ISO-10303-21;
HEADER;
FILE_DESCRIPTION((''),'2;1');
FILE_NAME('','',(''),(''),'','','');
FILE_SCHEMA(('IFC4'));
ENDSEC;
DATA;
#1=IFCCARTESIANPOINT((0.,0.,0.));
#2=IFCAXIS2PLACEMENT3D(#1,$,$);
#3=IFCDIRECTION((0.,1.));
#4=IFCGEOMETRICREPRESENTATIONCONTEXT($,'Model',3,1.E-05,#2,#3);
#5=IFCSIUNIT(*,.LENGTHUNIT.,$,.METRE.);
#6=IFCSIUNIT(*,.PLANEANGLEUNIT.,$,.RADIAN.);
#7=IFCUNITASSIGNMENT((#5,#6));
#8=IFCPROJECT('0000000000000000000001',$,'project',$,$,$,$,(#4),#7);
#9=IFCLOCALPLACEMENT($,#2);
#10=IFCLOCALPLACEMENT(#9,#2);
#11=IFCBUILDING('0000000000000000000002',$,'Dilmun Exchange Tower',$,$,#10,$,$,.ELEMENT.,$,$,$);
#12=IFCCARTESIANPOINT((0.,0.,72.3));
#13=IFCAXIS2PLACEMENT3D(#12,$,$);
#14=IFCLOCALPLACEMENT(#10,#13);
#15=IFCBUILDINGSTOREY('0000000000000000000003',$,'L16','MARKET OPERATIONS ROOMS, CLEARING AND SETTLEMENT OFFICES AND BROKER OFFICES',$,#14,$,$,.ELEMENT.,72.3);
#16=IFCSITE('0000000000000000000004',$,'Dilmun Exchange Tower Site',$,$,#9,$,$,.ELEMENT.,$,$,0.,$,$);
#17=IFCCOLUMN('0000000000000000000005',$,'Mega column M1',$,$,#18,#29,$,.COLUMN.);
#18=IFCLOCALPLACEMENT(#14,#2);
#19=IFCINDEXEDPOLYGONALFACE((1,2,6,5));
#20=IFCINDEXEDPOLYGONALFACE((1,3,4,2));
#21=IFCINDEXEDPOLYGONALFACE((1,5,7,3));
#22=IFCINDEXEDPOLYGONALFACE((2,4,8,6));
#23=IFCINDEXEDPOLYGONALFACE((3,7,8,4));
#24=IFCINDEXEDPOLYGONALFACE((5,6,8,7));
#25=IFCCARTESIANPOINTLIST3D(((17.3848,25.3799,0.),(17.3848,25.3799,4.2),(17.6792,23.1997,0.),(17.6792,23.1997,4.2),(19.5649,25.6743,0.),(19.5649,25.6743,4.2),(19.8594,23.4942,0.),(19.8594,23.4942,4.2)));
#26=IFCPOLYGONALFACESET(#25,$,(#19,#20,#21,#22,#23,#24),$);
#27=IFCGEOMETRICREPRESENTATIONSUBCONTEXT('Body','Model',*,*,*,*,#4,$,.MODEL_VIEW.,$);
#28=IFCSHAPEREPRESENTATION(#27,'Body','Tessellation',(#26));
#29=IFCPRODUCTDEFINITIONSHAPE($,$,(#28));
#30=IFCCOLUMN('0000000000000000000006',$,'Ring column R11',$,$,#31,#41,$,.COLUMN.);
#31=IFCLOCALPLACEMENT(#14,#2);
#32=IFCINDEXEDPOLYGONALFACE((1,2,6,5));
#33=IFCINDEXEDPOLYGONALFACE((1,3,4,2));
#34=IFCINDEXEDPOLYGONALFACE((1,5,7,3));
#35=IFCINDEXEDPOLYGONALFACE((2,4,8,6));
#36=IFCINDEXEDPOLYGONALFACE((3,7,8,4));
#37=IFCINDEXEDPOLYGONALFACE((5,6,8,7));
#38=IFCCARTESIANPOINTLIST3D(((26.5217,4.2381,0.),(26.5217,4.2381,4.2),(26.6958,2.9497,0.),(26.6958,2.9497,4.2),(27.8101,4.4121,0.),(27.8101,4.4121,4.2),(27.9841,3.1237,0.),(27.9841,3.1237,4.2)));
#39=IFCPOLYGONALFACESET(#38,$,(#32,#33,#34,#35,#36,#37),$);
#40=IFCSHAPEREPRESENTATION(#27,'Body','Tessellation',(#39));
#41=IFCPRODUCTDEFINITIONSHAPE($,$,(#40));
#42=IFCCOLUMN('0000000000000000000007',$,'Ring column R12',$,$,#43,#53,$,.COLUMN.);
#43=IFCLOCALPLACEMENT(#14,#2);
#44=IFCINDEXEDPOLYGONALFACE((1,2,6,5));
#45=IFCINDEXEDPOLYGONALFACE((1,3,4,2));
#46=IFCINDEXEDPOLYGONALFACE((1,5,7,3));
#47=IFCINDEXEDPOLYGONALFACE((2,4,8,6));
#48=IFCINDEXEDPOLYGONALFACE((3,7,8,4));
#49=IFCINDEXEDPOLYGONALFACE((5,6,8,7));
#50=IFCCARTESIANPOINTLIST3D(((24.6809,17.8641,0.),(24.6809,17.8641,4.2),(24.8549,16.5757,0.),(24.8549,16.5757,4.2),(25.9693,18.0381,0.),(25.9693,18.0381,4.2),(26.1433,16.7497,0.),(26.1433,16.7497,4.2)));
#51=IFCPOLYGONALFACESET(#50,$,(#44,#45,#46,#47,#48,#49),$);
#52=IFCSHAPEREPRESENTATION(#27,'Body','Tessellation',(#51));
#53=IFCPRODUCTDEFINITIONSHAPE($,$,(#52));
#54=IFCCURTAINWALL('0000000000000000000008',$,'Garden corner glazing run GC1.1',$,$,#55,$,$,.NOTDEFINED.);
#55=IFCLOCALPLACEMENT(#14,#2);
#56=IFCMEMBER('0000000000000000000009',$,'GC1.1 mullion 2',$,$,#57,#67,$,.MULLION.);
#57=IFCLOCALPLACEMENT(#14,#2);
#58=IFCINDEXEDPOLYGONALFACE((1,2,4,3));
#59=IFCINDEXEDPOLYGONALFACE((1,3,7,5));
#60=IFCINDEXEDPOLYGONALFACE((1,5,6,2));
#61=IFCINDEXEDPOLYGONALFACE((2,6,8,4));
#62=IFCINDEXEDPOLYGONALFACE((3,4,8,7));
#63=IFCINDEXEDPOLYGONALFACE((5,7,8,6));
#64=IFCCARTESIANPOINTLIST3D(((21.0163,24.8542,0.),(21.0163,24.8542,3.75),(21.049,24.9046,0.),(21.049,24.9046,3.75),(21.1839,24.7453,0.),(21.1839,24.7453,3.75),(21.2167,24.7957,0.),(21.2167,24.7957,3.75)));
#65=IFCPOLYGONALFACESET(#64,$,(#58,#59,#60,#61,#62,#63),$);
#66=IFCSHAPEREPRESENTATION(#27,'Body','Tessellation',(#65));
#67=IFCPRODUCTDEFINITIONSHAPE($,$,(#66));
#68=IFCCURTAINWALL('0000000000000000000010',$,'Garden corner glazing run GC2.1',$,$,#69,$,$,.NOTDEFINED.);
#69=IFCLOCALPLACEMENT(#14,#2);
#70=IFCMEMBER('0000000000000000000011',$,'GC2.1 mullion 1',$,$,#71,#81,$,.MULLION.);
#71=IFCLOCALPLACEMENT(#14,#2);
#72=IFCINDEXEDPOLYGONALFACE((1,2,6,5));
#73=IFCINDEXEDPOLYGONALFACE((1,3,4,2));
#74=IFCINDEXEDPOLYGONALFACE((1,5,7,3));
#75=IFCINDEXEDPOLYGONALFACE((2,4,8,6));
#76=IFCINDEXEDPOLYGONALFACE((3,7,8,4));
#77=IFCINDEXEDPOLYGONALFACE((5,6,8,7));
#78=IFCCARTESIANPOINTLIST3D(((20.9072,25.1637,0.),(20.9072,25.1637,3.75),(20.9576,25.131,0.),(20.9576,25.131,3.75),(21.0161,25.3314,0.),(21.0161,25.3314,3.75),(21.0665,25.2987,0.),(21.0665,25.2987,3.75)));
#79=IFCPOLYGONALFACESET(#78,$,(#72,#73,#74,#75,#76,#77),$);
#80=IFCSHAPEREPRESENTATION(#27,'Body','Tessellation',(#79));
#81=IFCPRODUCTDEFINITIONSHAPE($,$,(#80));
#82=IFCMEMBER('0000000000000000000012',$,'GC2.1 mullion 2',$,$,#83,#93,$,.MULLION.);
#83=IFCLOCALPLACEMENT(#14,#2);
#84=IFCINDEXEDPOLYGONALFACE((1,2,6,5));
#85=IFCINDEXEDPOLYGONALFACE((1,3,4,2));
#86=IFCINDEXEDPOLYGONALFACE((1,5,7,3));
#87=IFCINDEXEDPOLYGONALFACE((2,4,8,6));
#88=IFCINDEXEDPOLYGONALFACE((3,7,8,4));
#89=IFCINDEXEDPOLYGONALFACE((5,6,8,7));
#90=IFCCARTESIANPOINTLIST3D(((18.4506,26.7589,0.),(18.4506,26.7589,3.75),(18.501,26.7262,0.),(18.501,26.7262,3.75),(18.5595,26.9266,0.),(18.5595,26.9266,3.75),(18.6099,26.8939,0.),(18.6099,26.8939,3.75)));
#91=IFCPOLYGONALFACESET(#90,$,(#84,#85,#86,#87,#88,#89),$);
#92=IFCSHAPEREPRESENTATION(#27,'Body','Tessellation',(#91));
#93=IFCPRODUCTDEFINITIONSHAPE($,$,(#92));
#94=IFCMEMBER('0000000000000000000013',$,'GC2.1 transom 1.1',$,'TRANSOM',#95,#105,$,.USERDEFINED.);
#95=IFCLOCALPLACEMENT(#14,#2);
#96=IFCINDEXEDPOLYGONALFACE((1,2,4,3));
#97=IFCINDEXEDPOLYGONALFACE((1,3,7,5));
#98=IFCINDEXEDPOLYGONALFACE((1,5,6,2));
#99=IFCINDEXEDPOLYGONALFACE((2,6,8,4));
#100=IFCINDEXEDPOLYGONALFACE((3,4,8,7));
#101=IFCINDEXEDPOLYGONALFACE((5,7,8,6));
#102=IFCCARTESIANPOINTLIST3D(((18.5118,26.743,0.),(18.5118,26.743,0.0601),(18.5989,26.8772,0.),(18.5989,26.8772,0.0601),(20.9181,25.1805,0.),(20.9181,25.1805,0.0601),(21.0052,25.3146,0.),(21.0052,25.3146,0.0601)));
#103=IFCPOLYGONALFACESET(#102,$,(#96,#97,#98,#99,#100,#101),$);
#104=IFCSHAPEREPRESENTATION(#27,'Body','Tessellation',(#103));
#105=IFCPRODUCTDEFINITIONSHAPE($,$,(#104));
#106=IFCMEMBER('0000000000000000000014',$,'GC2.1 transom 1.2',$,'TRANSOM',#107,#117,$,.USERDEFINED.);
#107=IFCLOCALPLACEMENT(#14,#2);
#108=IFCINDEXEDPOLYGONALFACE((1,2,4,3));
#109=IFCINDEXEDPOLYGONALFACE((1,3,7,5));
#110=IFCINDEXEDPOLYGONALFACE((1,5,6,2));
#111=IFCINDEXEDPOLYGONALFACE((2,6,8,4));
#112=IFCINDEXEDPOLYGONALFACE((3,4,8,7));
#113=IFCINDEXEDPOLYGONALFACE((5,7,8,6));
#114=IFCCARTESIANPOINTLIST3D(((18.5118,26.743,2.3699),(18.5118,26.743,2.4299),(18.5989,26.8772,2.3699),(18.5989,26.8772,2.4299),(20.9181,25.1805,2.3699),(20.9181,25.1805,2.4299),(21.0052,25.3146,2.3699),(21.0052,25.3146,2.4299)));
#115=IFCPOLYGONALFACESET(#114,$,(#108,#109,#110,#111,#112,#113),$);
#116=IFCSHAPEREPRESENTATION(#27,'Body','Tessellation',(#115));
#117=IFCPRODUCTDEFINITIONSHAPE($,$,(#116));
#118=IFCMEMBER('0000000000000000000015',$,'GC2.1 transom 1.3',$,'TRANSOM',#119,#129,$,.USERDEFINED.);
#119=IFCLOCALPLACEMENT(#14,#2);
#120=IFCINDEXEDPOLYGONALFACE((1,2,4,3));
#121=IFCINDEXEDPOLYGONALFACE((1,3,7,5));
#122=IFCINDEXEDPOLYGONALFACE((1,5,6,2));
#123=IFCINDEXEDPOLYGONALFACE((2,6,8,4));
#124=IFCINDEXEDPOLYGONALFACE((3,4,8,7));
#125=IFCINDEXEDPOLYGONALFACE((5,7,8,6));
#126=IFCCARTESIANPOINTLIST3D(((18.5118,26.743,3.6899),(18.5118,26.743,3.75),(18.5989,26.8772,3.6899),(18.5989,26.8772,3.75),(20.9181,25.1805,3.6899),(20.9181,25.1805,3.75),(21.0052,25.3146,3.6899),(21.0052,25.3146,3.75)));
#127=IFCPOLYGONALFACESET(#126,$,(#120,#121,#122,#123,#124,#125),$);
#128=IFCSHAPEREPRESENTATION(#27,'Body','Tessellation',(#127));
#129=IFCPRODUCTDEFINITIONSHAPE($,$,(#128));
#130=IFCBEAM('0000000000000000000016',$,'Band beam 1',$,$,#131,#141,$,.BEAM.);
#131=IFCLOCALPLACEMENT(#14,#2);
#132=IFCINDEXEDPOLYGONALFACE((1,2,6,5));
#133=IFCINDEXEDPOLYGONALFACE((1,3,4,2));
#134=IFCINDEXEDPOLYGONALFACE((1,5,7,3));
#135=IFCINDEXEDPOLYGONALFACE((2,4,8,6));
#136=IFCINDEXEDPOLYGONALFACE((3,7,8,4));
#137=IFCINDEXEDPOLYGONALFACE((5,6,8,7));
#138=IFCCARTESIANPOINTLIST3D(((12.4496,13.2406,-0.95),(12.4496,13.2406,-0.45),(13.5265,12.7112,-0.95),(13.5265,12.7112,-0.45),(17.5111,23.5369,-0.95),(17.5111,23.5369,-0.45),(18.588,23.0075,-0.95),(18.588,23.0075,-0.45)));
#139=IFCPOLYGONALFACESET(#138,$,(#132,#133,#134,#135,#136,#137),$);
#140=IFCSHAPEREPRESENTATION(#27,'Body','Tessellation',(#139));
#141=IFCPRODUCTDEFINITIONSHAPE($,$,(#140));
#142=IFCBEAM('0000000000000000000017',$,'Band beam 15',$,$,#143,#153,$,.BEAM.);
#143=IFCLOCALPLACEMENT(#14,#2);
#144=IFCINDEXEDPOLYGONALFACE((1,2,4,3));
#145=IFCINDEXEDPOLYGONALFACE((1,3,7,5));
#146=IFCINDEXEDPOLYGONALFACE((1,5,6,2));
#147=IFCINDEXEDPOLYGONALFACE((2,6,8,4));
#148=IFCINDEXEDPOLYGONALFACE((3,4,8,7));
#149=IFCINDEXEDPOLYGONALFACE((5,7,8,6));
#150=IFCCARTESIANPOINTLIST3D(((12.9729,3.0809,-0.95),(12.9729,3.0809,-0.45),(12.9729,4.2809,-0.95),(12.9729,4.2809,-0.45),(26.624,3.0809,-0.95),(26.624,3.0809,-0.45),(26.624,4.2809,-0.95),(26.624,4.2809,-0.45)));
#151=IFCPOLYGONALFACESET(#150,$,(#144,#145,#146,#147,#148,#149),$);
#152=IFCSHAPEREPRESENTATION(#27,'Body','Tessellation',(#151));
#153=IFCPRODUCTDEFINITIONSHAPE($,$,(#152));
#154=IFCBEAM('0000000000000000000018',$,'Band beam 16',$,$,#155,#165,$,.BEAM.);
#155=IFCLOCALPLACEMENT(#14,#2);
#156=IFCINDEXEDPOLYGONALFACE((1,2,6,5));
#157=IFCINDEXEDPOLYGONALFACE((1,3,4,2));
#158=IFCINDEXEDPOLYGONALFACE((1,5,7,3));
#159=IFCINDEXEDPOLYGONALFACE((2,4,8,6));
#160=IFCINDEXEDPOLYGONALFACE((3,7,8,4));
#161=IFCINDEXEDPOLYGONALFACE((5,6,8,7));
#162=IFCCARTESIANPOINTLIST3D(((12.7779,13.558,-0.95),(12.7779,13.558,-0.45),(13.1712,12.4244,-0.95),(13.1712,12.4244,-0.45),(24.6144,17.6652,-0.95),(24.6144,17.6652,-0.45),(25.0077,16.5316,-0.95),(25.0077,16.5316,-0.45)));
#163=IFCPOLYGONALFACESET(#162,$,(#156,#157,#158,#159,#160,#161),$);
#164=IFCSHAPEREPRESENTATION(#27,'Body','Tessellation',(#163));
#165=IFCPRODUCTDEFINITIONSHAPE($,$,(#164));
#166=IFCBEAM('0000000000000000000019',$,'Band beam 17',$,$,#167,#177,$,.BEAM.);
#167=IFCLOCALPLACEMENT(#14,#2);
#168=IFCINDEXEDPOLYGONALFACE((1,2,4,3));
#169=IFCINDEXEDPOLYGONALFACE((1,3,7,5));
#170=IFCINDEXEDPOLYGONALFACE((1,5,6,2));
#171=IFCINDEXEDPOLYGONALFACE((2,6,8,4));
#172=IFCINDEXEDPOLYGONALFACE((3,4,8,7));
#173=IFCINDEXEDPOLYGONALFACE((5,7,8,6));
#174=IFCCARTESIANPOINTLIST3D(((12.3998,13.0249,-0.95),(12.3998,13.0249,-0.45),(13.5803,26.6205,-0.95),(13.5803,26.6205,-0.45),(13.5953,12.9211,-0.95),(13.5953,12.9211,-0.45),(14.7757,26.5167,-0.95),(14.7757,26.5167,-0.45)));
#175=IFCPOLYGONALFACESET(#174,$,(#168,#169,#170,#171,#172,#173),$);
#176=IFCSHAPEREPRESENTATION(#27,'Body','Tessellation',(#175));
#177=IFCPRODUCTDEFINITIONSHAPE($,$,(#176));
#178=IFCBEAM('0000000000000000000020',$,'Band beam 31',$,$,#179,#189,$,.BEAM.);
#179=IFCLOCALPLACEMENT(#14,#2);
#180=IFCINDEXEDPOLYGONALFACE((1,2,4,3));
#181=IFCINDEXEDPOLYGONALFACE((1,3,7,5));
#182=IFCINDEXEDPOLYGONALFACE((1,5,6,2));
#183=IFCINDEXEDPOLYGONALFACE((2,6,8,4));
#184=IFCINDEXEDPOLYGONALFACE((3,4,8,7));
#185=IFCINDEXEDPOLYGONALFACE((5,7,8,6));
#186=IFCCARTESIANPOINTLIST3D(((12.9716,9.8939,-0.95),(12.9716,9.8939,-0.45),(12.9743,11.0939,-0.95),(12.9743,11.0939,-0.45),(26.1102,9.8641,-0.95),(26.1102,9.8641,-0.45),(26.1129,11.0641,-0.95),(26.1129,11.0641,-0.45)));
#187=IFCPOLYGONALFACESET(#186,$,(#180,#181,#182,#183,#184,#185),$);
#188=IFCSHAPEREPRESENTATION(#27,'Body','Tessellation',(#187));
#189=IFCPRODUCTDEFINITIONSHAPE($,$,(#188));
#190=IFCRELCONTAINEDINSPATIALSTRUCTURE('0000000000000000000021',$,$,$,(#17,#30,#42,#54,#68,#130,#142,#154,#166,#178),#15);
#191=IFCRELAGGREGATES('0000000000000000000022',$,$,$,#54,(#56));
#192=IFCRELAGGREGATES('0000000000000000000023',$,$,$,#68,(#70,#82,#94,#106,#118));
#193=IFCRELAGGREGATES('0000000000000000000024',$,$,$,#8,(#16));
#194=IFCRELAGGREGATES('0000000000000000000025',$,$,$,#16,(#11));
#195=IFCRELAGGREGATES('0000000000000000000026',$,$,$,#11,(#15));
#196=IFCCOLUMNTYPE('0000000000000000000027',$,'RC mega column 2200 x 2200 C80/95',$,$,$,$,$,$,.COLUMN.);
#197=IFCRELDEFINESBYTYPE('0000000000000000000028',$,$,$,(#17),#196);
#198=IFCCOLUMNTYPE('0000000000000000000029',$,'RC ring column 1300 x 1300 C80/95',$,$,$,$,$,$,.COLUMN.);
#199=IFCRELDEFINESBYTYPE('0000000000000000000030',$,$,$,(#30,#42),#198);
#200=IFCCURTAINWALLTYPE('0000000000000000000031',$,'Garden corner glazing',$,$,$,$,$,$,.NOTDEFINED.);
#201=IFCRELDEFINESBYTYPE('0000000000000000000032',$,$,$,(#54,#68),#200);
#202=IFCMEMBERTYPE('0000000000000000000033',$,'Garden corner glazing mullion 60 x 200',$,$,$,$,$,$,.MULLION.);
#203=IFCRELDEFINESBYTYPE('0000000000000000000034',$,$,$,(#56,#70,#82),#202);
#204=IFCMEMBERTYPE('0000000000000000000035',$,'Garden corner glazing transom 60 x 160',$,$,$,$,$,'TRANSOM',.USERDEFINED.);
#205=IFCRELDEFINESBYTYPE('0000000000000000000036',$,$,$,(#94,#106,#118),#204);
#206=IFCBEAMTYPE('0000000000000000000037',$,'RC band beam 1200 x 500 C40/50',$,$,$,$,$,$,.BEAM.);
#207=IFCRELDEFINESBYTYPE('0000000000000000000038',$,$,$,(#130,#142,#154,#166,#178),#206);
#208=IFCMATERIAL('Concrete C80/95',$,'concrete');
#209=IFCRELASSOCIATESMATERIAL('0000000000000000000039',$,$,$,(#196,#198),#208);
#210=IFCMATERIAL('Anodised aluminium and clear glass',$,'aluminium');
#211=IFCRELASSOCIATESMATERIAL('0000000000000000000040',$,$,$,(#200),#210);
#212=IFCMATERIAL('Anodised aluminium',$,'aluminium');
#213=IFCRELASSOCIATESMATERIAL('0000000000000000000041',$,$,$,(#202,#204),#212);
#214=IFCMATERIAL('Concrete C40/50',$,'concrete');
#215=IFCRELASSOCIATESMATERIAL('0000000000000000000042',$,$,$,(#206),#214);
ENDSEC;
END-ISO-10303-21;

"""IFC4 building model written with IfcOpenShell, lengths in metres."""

from ifc_helpers import new_model, si_unit, direction, frame, origin, origin_2d, place, context, subcontext, project, spatial, rectangle, extrude, material, material_profile, profile_set, type_object, element, aggregate, save


model = new_model("IFC4")

# Units and contexts
model_context = context("Model", 3, precision=1e-05, world=origin(), true_north=direction((0.0, 1.0)))
body_context = subcontext(model_context, "Body", "Model", "MODEL_VIEW")
ifc_project = project(units=[si_unit("LENGTHUNIT", "METRE"), si_unit("PLANEANGLEUNIT", "RADIAN")], contexts=[model_context])

# Site, building, storey
site_placement = place(None, origin())
site = spatial("IfcSite", under=ifc_project, at=site_placement, Name="Dilmun Exchange Tower Site", CompositionType="ELEMENT", RefElevation=0.0)
building_placement = place(site_placement, origin())
building = spatial("IfcBuilding", under=site, at=building_placement, Name="Dilmun Exchange Tower", CompositionType="ELEMENT")
storey_placement = place(building_placement, frame((0.0, 0.0, 72.3)))
storey = spatial("IfcBuildingStorey", under=building, at=storey_placement, Name="L16", Description="MARKET OPERATIONS ROOMS, CLEARING AND SETTLEMENT OFFICES AND BROKER OFFICES", CompositionType="ELEMENT", Elevation=72.3)

# Columns
ifc_material_1 = material(Name="Concrete C80/95", Category="concrete")
ifc_material_profile_1 = material_profile(ifc_material_1, rectangle(XDim=2.2, YDim=2.2, at=origin_2d()), Name="2200 x 2200")
ifc_profile_set_1 = profile_set([ifc_material_profile_1], Name="Concrete C80/95")
column_type_1 = type_object("IfcColumnType", Name="RC mega column 2200 x 2200 C80/95", PredefinedType="COLUMN", material=ifc_profile_set_1)
column_placement = place(storey_placement, frame((18.6221, 24.437, 0.0), z_axis=(0.0, 0.0, 1.0), x_axis=(0.991001, 0.133853, 0.0)))
element("IfcColumn", 1, at=column_placement, inside=storey, type_object=column_type_1, Name="Mega column M1", PredefinedType="COLUMN", context=body_context, shape_type="SweptSolid", body=[
    extrude(rectangle(XDim=2.2, YDim=2.2, at=origin_2d()), origin(), (0.0, 0.0, 1.0), 4.2),
])
ifc_material_profile_2 = material_profile(ifc_material_1, rectangle(XDim=1.3, YDim=1.3, at=origin_2d()), Name="1300 x 1300")
ifc_profile_set_2 = profile_set([ifc_material_profile_2], Name="Concrete C80/95")
column_type_2 = type_object("IfcColumnType", Name="RC ring column 1300 x 1300 C80/95", PredefinedType="COLUMN", material=ifc_profile_set_2)
for number, where, z_axis, x_axis, name in (
    (2, (27.2529, 3.6809, 0.0), (0.0, 0.0, 1.0), (0.991001, 0.133853, 0.0), "Ring column R11"),
    (3, (25.4121, 17.3069, 0.0), (0.0, 0.0, 1.0), (0.991001, 0.133853, 0.0), "Ring column R12"),
):
    element("IfcColumn", number, at=place(storey_placement, frame(where, z_axis=z_axis, x_axis=x_axis)), inside=storey, type_object=column_type_2, Name=name, PredefinedType="COLUMN", context=body_context, shape_type="SweptSolid", body=[
        extrude(rectangle(XDim=1.3, YDim=1.3, at=origin_2d()), origin(), (0.0, 0.0, 1.0), 4.2),
    ])

# Curtain wall, member
ifc_material_2 = material(Name="Anodised aluminium and clear glass", Category="aluminium")
curtain_wall_type = type_object("IfcCurtainWallType", Name="Garden corner glazing", PredefinedType="NOTDEFINED", material=ifc_material_2)
curtain_wall_1_placement = place(storey_placement, origin())
curtain_wall_1 = element("IfcCurtainWall", 4, at=curtain_wall_1_placement, inside=storey, type_object=curtain_wall_type, Name="Garden corner glazing run GC1.1", PredefinedType="NOTDEFINED")
ifc_material_3 = material(Name="Anodised aluminium", Category="aluminium")
ifc_material_profile_3 = material_profile(ifc_material_3, rectangle(XDim=0.2, YDim=0.0601, at=origin_2d()), Name="AL 60x200")
ifc_profile_set_3 = profile_set([ifc_material_profile_3], Name="Anodised aluminium")
member_type_1 = type_object("IfcMemberType", Name="Garden corner glazing mullion 60 x 200", PredefinedType="MULLION", material=ifc_profile_set_3)
member_1_placement = place(storey_placement, frame((21.1165, 24.825, 0.0), z_axis=(0.0, 0.0, 1.0), x_axis=(0.838667, -0.544644, 0.0)))
member_1 = element("IfcMember", 5, at=member_1_placement, type_object=member_type_1, Name="GC1.1 mullion 2", PredefinedType="MULLION", context=body_context, shape_type="SweptSolid", body=[
    extrude(rectangle(XDim=0.2, YDim=0.0601, at=origin_2d()), origin(), (0.0, 0.0, 1.0), 3.75),
])

# Curtain wall, members
curtain_wall_2_placement = place(storey_placement, origin())
curtain_wall_2 = element("IfcCurtainWall", 6, at=curtain_wall_2_placement, inside=storey, type_object=curtain_wall_type, Name="Garden corner glazing run GC2.1", PredefinedType="NOTDEFINED")
member_2_placement = place(storey_placement, frame((20.9868, 25.2312, 0.0), z_axis=(0.0, 0.0, 1.0), x_axis=(-0.544631, -0.838676, 0.0)))
member_2 = element("IfcMember", 7, at=member_2_placement, type_object=member_type_1, Name="GC2.1 mullion 1", PredefinedType="MULLION", context=body_context, shape_type="SweptSolid", body=[
    extrude(rectangle(XDim=0.2, YDim=0.0601, at=origin_2d()), origin(), (0.0, 0.0, 1.0), 3.75),
])
member_3_placement = place(storey_placement, frame((18.5303, 26.8264, 0.0), z_axis=(0.0, 0.0, 1.0), x_axis=(-0.544631, -0.838676, 0.0)))
member_3 = element("IfcMember", 8, at=member_3_placement, type_object=member_type_1, Name="GC2.1 mullion 2", PredefinedType="MULLION", context=body_context, shape_type="SweptSolid", body=[
    extrude(rectangle(XDim=0.2, YDim=0.0601, at=origin_2d()), origin(), (0.0, 0.0, 1.0), 3.75),
])
ifc_material_profile_4 = material_profile(ifc_material_3, rectangle(XDim=0.1599, YDim=0.0601, at=origin_2d()), Name="AL 60x160")
ifc_profile_set_4 = profile_set([ifc_material_profile_4], Name="Anodised aluminium")
member_type_2 = type_object("IfcMemberType", Name="Garden corner glazing transom 60 x 160", ElementType="TRANSOM", PredefinedType="USERDEFINED", material=ifc_profile_set_4)
member_4_placement = place(storey_placement, frame((20.9617, 25.2476, 0.03), z_axis=(-0.838692, 0.544605, 0.0), x_axis=(-0.544605, -0.838692, 0.0)))
member_4 = element("IfcMember", 9, at=member_4_placement, type_object=member_type_2, Name="GC2.1 transom 1.1", ObjectType="TRANSOM", PredefinedType="USERDEFINED", context=body_context, shape_type="SweptSolid", body=[
    extrude(rectangle(XDim=0.1599, YDim=0.0601, at=origin_2d()), origin(), (0.0, 0.0, 1.0), 2.8691),
])
member_5_placement = place(storey_placement, frame((20.9617, 25.2476, 2.3999), z_axis=(-0.838692, 0.544605, 0.0), x_axis=(-0.544605, -0.838692, 0.0)))
member_5 = element("IfcMember", 10, at=member_5_placement, type_object=member_type_2, Name="GC2.1 transom 1.2", ObjectType="TRANSOM", PredefinedType="USERDEFINED", context=body_context, shape_type="SweptSolid", body=[
    extrude(rectangle(XDim=0.1599, YDim=0.0601, at=origin_2d()), origin(), (0.0, 0.0, 1.0), 2.8691),
])
member_6_placement = place(storey_placement, frame((20.9617, 25.2476, 3.72), z_axis=(-0.838692, 0.544605, 0.0), x_axis=(-0.544605, -0.838692, 0.0)))
member_6 = element("IfcMember", 11, at=member_6_placement, type_object=member_type_2, Name="GC2.1 transom 1.3", ObjectType="TRANSOM", PredefinedType="USERDEFINED", context=body_context, shape_type="SweptSolid", body=[
    extrude(rectangle(XDim=0.1599, YDim=0.0601, at=origin_2d()), origin(), (0.0, 0.0, 1.0), 2.8691),
])

# Beams
ifc_material_4 = material(Name="Concrete C40/50", Category="concrete")
ifc_material_profile_5 = material_profile(ifc_material_4, rectangle(XDim=1.2, YDim=0.5, at=origin_2d()), Name="1200 x 500")
ifc_profile_set_5 = profile_set([ifc_material_profile_5], Name="Concrete C40/50")
beam_type_1 = type_object("IfcBeamType", Name="RC band beam 1200 x 500 C40/50", PredefinedType="BEAM", material=ifc_profile_set_5)
beam_1_placement = place(storey_placement, frame((18.0496, 23.2722, -0.7), z_axis=(-0.44116, -0.897428, 0.0), x_axis=(0.897428, -0.44116, 0.0)))
element("IfcBeam", 12, at=beam_1_placement, inside=storey, type_object=beam_type_1, Name="Band beam 1", PredefinedType="BEAM", context=body_context, shape_type="SweptSolid", body=[
    extrude(rectangle(XDim=1.2, YDim=0.5, at=origin_2d()), origin(), (0.0, 0.0, 1.0), 11.4731),
])
beam_2_placement = place(storey_placement, frame((26.624, 3.6809, -0.7), z_axis=(-1.0, 0.0, 0.0), x_axis=(0.0, -1.0, 0.0)))
element("IfcBeam", 13, at=beam_2_placement, inside=storey, type_object=beam_type_1, Name="Band beam 15", PredefinedType="BEAM", context=body_context, shape_type="SweptSolid", body=[
    extrude(rectangle(XDim=1.2, YDim=0.5, at=origin_2d()), origin(), (0.0, 0.0, 1.0), 13.6511),
])
beam_3_placement = place(storey_placement, frame((24.811, 17.0984, -0.7), z_axis=(-0.94474, -0.32782, 0.0), x_axis=(0.32782, -0.94474, 0.0)))
element("IfcBeam", 14, at=beam_3_placement, inside=storey, type_object=beam_type_1, Name="Band beam 16", PredefinedType="BEAM", context=body_context, shape_type="SweptSolid", body=[
    extrude(rectangle(XDim=1.2, YDim=0.5, at=origin_2d()), origin(), (0.0, 0.0, 1.0), 12.5288),
])
beam_4_placement = place(storey_placement, frame((14.178, 26.5686, -0.7), z_axis=(-0.086499, -0.996252, 0.0), x_axis=(0.996252, -0.086499, 0.0)))
element("IfcBeam", 15, at=beam_4_placement, inside=storey, type_object=beam_type_1, Name="Band beam 17", PredefinedType="BEAM", context=body_context, shape_type="SweptSolid", body=[
    extrude(rectangle(XDim=1.2, YDim=0.5, at=origin_2d()), origin(), (0.0, 0.0, 1.0), 13.6467),
])
beam_5_placement = place(storey_placement, frame((26.1116, 10.4641, -0.7), z_axis=(-0.999997, 0.002267, 0.0), x_axis=(-0.002267, -0.999997, 0.0)))
element("IfcBeam", 16, at=beam_5_placement, inside=storey, type_object=beam_type_1, Name="Band beam 31", PredefinedType="BEAM", context=body_context, shape_type="SweptSolid", body=[
    extrude(rectangle(XDim=1.2, YDim=0.5, at=origin_2d()), origin(), (0.0, 0.0, 1.0), 13.1387),
])

aggregate(curtain_wall_1, [member_1])
aggregate(curtain_wall_2, [member_2, member_3, member_4, member_5, member_6])

save(model, "model.ifc")
